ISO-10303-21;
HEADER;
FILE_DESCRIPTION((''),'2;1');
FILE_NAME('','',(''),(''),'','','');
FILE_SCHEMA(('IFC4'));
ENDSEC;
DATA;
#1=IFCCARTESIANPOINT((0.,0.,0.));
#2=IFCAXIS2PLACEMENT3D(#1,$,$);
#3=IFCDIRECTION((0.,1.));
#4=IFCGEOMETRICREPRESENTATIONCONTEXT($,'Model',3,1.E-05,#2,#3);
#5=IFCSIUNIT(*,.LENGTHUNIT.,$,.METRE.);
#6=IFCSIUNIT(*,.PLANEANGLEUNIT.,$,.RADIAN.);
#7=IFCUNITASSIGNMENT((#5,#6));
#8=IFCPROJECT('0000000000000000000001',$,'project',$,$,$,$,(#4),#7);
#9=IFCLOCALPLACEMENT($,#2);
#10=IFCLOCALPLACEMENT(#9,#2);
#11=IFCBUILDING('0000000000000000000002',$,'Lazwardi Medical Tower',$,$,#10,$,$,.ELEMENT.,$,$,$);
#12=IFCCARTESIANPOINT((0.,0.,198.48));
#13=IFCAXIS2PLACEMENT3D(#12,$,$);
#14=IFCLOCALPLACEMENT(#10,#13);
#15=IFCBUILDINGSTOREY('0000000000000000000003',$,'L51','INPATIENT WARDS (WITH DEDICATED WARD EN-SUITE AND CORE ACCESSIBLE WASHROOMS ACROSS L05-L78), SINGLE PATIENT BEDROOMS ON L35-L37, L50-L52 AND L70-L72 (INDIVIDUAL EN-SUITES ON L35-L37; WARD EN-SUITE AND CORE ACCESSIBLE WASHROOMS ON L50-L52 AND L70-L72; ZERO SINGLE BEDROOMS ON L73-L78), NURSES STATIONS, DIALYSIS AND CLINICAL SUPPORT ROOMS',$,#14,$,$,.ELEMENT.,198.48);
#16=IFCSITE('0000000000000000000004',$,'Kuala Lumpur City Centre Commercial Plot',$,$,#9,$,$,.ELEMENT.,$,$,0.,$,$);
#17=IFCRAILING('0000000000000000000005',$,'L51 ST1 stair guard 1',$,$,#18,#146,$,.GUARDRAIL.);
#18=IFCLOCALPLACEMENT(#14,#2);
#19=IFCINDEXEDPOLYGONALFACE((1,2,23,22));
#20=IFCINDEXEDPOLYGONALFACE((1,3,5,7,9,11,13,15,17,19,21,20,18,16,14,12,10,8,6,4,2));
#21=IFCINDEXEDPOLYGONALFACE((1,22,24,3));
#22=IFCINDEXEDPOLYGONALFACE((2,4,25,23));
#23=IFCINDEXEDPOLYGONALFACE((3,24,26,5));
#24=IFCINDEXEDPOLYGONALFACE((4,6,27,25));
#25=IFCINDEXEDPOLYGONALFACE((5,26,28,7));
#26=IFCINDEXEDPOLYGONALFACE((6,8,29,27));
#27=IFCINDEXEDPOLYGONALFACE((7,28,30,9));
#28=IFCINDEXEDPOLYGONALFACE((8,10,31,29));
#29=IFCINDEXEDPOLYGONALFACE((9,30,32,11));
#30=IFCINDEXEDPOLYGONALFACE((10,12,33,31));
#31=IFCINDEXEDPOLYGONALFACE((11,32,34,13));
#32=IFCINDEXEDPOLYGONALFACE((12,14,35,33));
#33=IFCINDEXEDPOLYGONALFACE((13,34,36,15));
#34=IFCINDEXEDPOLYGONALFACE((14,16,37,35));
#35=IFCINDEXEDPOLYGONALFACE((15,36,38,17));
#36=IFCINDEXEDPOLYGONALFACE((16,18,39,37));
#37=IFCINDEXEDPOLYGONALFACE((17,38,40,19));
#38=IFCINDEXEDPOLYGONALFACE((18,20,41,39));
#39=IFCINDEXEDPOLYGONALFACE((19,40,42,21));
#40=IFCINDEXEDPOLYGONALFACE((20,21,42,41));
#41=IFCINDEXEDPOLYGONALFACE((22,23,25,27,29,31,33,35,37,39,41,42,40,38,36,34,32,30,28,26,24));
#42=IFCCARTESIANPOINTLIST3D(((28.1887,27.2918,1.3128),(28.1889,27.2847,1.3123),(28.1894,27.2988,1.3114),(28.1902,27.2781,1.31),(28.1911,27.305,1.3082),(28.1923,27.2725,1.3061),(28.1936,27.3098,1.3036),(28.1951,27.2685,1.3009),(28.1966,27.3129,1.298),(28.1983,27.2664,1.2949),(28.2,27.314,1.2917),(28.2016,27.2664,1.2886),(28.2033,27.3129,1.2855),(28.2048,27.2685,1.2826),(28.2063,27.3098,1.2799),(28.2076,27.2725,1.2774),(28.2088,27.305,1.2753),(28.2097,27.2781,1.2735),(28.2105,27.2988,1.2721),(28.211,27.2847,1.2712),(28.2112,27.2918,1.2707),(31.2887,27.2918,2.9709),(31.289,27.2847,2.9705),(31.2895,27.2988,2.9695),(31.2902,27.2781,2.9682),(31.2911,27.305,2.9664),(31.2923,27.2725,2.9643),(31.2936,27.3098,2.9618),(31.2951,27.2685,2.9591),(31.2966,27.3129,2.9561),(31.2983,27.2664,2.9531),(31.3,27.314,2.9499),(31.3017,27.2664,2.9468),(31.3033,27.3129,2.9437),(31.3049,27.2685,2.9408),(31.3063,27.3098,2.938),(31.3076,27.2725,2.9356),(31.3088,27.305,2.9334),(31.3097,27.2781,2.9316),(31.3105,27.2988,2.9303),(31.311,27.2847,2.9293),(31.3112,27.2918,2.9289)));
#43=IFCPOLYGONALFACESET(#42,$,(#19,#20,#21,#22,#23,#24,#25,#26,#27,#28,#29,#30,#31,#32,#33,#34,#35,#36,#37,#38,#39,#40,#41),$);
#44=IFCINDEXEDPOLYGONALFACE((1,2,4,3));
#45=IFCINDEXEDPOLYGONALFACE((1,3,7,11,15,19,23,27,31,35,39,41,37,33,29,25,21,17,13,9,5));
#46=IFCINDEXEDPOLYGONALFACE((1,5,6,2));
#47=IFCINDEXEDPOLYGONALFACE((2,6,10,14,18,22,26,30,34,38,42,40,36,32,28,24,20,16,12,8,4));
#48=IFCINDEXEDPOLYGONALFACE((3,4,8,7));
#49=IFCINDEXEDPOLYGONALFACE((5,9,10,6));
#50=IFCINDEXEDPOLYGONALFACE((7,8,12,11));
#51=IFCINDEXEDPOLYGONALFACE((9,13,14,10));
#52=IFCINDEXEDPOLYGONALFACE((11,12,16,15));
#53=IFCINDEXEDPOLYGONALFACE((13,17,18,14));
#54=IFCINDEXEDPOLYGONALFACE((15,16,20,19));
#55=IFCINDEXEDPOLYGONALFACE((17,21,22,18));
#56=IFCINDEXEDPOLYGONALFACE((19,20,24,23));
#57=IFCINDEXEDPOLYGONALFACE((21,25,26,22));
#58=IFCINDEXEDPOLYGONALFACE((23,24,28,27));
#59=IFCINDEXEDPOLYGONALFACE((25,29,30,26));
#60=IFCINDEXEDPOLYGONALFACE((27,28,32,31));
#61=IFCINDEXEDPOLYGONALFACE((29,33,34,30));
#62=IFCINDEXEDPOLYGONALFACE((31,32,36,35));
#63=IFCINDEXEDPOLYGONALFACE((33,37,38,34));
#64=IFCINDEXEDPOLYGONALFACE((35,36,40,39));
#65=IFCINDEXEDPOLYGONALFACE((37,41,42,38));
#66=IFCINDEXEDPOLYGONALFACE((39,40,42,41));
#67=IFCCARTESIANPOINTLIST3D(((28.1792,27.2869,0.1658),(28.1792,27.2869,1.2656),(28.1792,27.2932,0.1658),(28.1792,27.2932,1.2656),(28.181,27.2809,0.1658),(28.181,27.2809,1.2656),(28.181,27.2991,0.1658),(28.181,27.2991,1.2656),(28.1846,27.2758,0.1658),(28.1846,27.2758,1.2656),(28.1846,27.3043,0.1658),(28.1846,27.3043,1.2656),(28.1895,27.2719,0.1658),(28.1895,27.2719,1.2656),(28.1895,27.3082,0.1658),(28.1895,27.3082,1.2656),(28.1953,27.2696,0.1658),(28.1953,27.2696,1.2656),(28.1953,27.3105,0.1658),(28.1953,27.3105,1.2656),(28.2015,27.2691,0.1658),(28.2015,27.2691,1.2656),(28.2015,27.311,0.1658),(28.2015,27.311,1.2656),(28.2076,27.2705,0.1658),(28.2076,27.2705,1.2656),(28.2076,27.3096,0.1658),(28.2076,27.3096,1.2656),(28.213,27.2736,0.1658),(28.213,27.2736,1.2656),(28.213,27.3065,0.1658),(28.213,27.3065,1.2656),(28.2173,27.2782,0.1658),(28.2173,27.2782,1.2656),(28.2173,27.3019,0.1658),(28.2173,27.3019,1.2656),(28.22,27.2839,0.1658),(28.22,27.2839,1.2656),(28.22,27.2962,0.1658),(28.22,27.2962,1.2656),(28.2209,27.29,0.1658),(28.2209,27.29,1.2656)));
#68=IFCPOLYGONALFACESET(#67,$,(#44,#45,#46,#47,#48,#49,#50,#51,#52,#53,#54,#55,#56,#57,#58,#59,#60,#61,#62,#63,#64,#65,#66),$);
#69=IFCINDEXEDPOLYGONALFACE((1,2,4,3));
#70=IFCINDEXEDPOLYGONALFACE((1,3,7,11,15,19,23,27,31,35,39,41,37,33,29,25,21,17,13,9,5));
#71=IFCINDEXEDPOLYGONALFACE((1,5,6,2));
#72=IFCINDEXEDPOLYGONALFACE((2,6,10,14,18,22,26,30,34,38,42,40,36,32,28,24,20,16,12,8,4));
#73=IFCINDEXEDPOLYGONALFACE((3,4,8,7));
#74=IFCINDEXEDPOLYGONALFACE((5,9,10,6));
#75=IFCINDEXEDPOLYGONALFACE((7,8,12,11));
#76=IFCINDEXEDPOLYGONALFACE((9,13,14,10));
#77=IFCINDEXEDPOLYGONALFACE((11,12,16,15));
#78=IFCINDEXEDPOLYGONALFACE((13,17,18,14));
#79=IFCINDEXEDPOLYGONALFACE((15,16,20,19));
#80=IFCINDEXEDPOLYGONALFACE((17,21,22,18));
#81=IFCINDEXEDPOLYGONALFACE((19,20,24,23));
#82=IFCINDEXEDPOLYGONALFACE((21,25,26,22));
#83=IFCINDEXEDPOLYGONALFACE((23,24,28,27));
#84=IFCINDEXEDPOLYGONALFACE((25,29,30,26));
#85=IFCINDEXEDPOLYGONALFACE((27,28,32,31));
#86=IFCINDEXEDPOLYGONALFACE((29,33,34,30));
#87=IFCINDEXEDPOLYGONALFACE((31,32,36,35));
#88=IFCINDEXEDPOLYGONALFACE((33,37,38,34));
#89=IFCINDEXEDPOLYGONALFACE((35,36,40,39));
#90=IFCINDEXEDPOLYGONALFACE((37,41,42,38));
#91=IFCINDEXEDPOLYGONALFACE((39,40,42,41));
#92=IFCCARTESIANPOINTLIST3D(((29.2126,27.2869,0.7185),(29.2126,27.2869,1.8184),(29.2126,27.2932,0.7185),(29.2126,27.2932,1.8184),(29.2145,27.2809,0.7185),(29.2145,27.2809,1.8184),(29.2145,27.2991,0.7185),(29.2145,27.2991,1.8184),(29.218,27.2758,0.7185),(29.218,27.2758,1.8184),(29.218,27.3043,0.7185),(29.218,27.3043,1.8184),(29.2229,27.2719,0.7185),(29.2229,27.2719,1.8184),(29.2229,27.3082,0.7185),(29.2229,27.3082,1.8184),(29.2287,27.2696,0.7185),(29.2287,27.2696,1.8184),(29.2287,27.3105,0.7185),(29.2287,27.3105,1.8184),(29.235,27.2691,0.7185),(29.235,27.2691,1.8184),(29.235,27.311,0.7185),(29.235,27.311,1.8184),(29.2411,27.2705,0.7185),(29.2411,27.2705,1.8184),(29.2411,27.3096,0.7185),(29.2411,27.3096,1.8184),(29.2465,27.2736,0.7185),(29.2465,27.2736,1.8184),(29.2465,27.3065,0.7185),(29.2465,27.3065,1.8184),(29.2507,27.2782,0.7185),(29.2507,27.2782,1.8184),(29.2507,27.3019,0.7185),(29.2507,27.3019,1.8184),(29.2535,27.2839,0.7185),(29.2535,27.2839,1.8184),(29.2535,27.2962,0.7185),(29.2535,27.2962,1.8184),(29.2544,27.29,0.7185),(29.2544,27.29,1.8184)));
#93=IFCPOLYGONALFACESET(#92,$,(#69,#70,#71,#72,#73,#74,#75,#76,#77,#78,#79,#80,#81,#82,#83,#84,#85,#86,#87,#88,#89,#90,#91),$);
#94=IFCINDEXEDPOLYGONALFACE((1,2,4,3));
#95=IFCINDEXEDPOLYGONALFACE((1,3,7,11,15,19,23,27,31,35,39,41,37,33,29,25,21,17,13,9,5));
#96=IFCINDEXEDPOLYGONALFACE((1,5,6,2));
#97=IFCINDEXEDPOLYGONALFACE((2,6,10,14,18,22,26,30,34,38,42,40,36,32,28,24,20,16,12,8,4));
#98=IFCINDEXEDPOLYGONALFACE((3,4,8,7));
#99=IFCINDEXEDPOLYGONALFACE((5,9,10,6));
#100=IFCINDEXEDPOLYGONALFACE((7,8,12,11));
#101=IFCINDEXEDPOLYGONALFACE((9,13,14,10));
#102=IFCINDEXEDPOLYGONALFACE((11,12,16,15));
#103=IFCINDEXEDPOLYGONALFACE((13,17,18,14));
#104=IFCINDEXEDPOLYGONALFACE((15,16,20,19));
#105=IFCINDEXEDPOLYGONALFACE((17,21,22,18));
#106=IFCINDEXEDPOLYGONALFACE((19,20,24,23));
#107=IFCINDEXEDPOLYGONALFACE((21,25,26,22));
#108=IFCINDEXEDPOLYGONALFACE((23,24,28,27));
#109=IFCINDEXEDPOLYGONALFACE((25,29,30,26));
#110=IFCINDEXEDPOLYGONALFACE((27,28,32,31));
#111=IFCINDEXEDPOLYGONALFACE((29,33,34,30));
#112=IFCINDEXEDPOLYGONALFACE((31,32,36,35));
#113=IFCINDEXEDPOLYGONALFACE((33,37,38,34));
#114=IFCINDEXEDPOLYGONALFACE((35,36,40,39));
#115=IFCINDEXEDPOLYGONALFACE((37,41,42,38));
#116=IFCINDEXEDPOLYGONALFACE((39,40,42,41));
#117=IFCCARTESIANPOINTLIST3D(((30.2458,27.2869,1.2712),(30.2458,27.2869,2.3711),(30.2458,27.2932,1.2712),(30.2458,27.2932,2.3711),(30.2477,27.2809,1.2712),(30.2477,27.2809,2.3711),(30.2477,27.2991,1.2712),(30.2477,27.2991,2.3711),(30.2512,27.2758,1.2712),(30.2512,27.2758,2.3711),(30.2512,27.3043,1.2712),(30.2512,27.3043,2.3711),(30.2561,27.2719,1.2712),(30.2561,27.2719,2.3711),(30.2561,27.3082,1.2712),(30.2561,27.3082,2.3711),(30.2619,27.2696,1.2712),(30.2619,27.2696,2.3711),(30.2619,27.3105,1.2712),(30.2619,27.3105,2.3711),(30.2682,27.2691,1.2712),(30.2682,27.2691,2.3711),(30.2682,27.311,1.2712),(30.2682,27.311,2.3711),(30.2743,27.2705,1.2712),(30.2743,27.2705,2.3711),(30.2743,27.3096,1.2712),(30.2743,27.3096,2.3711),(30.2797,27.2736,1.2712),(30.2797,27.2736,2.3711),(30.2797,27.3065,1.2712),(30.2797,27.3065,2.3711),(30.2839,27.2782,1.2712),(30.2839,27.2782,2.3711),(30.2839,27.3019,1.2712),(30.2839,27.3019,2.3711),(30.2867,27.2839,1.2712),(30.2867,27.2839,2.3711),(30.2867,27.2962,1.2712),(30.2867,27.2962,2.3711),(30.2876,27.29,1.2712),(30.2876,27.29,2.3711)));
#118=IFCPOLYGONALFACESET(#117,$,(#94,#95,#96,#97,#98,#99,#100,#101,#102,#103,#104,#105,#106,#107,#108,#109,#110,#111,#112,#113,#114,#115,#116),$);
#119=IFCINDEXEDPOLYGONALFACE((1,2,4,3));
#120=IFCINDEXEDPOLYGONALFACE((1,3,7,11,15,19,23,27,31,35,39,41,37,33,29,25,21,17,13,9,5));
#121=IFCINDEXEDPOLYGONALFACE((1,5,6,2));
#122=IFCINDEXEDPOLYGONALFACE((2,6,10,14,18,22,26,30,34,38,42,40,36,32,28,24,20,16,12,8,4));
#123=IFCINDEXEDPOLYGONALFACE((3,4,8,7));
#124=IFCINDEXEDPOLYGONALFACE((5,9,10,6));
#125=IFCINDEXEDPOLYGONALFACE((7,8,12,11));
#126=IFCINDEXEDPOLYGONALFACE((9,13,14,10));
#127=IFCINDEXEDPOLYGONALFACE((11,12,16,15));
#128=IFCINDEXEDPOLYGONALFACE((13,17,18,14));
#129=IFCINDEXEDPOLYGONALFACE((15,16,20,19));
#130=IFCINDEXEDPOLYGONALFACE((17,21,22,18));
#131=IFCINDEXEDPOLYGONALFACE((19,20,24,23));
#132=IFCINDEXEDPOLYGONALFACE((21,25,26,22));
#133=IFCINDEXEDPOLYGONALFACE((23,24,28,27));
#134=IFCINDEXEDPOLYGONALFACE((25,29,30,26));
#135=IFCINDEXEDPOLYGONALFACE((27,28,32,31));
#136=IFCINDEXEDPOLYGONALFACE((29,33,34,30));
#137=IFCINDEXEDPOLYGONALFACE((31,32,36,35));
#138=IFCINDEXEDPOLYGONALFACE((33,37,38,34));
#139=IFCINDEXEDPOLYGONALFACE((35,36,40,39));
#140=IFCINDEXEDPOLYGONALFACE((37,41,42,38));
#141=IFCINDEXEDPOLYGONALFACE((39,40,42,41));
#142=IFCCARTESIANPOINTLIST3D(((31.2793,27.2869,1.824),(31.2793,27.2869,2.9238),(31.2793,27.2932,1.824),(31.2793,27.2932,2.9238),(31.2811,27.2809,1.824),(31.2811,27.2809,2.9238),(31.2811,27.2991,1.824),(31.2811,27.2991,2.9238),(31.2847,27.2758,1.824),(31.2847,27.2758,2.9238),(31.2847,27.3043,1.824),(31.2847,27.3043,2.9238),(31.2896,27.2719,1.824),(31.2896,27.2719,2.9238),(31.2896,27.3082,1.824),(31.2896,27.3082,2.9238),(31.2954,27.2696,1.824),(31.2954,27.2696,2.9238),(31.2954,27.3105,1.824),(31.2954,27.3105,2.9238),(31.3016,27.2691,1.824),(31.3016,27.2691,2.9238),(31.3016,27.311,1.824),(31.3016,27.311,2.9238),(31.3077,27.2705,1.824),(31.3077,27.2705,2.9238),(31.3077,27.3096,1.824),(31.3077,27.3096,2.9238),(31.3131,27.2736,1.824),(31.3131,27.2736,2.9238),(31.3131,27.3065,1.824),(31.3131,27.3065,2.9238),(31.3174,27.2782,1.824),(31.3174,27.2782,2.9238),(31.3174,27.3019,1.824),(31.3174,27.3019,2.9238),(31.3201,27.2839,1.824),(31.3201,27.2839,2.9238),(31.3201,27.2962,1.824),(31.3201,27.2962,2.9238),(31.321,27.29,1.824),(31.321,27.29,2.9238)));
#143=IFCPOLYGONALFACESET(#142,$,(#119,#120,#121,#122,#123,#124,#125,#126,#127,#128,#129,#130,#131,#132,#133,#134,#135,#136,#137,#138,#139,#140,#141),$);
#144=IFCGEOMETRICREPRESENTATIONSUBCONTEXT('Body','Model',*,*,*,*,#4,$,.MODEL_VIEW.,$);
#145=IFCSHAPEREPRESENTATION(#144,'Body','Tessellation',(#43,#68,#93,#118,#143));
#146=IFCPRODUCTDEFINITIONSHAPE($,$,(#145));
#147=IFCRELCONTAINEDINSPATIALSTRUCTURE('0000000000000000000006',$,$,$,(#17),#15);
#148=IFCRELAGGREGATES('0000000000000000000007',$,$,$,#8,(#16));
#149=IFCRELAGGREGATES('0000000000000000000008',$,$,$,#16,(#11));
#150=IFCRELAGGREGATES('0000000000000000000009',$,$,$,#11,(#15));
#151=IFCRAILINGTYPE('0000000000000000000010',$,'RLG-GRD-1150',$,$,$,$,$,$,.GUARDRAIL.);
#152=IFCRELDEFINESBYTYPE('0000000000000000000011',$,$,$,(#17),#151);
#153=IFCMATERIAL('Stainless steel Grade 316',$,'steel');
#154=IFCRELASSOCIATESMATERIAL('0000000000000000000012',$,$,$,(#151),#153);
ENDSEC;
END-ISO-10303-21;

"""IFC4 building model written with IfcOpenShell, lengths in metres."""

from ifc_helpers import new_model, si_unit, direction, frame, origin, origin_2d, place, context, subcontext, project, spatial, circle, extrude, material, type_object, element, save


model = new_model("IFC4")

# Units and contexts
model_context = context("Model", 3, precision=1e-05, world=origin(), true_north=direction((0.0, 1.0)))
body_context = subcontext(model_context, "Body", "Model", "MODEL_VIEW")
ifc_project = project(units=[si_unit("LENGTHUNIT", "METRE"), si_unit("PLANEANGLEUNIT", "RADIAN")], contexts=[model_context])

# Site, building, storey
site_placement = place(None, origin())
site = spatial("IfcSite", under=ifc_project, at=site_placement, Name="Kuala Lumpur City Centre Commercial Plot", CompositionType="ELEMENT", RefElevation=0.0)
building_placement = place(site_placement, origin())
building = spatial("IfcBuilding", under=site, at=building_placement, Name="Lazwardi Medical Tower", CompositionType="ELEMENT")
storey_placement = place(building_placement, frame((0.0, 0.0, 198.48)))
storey = spatial("IfcBuildingStorey", under=building, at=storey_placement, Name="L51", Description="INPATIENT WARDS (WITH DEDICATED WARD EN-SUITE AND CORE ACCESSIBLE WASHROOMS ACROSS L05-L78), SINGLE PATIENT BEDROOMS ON L35-L37, L50-L52 AND L70-L72 (INDIVIDUAL EN-SUITES ON L35-L37; WARD EN-SUITE AND CORE ACCESSIBLE WASHROOMS ON L50-L52 AND L70-L72; ZERO SINGLE BEDROOMS ON L73-L78), NURSES STATIONS, DIALYSIS AND CLINICAL SUPPORT ROOMS", CompositionType="ELEMENT", Elevation=198.48)

# Railing
ifc_material_1 = material(Name="Stainless steel Grade 316", Category="steel")
railing_type_1 = type_object("IfcRailingType", Name="RLG-GRD-1150", PredefinedType="GUARDRAIL", material=ifc_material_1)
railing_1_placement = place(storey_placement, frame((28.2, 27.29, 0.1658)))
element("IfcRailing", 1, at=railing_1_placement, inside=storey, type_object=railing_type_1, Name="L51 ST1 stair guard 1", PredefinedType="GUARDRAIL", context=body_context, shape_type="SweptSolid", body=[
    extrude(circle(Radius=0.0239, at=origin_2d()), frame((0.0, 0.0, 1.126), z_axis=(0.881783, 0.0, 0.471655), x_axis=(0.0, 1.0, 0.0)), (0.0, 0.0, 1.0), 3.5156),
    extrude(circle(Radius=0.021, at=origin_2d()), origin(), (0.0, 0.0, 1.0), 1.0999),
    extrude(circle(Radius=0.021, at=origin_2d()), frame((1.0334, 0.0, 0.5527)), (0.0, 0.0, 1.0), 1.0999),
    extrude(circle(Radius=0.021, at=origin_2d()), frame((2.0667, 0.0, 1.1055)), (0.0, 0.0, 1.0), 1.0999),
    extrude(circle(Radius=0.021, at=origin_2d()), frame((3.1001, 0.0, 1.6582)), (0.0, 0.0, 1.0), 1.0999),
])

save(model, "model.ifc")
